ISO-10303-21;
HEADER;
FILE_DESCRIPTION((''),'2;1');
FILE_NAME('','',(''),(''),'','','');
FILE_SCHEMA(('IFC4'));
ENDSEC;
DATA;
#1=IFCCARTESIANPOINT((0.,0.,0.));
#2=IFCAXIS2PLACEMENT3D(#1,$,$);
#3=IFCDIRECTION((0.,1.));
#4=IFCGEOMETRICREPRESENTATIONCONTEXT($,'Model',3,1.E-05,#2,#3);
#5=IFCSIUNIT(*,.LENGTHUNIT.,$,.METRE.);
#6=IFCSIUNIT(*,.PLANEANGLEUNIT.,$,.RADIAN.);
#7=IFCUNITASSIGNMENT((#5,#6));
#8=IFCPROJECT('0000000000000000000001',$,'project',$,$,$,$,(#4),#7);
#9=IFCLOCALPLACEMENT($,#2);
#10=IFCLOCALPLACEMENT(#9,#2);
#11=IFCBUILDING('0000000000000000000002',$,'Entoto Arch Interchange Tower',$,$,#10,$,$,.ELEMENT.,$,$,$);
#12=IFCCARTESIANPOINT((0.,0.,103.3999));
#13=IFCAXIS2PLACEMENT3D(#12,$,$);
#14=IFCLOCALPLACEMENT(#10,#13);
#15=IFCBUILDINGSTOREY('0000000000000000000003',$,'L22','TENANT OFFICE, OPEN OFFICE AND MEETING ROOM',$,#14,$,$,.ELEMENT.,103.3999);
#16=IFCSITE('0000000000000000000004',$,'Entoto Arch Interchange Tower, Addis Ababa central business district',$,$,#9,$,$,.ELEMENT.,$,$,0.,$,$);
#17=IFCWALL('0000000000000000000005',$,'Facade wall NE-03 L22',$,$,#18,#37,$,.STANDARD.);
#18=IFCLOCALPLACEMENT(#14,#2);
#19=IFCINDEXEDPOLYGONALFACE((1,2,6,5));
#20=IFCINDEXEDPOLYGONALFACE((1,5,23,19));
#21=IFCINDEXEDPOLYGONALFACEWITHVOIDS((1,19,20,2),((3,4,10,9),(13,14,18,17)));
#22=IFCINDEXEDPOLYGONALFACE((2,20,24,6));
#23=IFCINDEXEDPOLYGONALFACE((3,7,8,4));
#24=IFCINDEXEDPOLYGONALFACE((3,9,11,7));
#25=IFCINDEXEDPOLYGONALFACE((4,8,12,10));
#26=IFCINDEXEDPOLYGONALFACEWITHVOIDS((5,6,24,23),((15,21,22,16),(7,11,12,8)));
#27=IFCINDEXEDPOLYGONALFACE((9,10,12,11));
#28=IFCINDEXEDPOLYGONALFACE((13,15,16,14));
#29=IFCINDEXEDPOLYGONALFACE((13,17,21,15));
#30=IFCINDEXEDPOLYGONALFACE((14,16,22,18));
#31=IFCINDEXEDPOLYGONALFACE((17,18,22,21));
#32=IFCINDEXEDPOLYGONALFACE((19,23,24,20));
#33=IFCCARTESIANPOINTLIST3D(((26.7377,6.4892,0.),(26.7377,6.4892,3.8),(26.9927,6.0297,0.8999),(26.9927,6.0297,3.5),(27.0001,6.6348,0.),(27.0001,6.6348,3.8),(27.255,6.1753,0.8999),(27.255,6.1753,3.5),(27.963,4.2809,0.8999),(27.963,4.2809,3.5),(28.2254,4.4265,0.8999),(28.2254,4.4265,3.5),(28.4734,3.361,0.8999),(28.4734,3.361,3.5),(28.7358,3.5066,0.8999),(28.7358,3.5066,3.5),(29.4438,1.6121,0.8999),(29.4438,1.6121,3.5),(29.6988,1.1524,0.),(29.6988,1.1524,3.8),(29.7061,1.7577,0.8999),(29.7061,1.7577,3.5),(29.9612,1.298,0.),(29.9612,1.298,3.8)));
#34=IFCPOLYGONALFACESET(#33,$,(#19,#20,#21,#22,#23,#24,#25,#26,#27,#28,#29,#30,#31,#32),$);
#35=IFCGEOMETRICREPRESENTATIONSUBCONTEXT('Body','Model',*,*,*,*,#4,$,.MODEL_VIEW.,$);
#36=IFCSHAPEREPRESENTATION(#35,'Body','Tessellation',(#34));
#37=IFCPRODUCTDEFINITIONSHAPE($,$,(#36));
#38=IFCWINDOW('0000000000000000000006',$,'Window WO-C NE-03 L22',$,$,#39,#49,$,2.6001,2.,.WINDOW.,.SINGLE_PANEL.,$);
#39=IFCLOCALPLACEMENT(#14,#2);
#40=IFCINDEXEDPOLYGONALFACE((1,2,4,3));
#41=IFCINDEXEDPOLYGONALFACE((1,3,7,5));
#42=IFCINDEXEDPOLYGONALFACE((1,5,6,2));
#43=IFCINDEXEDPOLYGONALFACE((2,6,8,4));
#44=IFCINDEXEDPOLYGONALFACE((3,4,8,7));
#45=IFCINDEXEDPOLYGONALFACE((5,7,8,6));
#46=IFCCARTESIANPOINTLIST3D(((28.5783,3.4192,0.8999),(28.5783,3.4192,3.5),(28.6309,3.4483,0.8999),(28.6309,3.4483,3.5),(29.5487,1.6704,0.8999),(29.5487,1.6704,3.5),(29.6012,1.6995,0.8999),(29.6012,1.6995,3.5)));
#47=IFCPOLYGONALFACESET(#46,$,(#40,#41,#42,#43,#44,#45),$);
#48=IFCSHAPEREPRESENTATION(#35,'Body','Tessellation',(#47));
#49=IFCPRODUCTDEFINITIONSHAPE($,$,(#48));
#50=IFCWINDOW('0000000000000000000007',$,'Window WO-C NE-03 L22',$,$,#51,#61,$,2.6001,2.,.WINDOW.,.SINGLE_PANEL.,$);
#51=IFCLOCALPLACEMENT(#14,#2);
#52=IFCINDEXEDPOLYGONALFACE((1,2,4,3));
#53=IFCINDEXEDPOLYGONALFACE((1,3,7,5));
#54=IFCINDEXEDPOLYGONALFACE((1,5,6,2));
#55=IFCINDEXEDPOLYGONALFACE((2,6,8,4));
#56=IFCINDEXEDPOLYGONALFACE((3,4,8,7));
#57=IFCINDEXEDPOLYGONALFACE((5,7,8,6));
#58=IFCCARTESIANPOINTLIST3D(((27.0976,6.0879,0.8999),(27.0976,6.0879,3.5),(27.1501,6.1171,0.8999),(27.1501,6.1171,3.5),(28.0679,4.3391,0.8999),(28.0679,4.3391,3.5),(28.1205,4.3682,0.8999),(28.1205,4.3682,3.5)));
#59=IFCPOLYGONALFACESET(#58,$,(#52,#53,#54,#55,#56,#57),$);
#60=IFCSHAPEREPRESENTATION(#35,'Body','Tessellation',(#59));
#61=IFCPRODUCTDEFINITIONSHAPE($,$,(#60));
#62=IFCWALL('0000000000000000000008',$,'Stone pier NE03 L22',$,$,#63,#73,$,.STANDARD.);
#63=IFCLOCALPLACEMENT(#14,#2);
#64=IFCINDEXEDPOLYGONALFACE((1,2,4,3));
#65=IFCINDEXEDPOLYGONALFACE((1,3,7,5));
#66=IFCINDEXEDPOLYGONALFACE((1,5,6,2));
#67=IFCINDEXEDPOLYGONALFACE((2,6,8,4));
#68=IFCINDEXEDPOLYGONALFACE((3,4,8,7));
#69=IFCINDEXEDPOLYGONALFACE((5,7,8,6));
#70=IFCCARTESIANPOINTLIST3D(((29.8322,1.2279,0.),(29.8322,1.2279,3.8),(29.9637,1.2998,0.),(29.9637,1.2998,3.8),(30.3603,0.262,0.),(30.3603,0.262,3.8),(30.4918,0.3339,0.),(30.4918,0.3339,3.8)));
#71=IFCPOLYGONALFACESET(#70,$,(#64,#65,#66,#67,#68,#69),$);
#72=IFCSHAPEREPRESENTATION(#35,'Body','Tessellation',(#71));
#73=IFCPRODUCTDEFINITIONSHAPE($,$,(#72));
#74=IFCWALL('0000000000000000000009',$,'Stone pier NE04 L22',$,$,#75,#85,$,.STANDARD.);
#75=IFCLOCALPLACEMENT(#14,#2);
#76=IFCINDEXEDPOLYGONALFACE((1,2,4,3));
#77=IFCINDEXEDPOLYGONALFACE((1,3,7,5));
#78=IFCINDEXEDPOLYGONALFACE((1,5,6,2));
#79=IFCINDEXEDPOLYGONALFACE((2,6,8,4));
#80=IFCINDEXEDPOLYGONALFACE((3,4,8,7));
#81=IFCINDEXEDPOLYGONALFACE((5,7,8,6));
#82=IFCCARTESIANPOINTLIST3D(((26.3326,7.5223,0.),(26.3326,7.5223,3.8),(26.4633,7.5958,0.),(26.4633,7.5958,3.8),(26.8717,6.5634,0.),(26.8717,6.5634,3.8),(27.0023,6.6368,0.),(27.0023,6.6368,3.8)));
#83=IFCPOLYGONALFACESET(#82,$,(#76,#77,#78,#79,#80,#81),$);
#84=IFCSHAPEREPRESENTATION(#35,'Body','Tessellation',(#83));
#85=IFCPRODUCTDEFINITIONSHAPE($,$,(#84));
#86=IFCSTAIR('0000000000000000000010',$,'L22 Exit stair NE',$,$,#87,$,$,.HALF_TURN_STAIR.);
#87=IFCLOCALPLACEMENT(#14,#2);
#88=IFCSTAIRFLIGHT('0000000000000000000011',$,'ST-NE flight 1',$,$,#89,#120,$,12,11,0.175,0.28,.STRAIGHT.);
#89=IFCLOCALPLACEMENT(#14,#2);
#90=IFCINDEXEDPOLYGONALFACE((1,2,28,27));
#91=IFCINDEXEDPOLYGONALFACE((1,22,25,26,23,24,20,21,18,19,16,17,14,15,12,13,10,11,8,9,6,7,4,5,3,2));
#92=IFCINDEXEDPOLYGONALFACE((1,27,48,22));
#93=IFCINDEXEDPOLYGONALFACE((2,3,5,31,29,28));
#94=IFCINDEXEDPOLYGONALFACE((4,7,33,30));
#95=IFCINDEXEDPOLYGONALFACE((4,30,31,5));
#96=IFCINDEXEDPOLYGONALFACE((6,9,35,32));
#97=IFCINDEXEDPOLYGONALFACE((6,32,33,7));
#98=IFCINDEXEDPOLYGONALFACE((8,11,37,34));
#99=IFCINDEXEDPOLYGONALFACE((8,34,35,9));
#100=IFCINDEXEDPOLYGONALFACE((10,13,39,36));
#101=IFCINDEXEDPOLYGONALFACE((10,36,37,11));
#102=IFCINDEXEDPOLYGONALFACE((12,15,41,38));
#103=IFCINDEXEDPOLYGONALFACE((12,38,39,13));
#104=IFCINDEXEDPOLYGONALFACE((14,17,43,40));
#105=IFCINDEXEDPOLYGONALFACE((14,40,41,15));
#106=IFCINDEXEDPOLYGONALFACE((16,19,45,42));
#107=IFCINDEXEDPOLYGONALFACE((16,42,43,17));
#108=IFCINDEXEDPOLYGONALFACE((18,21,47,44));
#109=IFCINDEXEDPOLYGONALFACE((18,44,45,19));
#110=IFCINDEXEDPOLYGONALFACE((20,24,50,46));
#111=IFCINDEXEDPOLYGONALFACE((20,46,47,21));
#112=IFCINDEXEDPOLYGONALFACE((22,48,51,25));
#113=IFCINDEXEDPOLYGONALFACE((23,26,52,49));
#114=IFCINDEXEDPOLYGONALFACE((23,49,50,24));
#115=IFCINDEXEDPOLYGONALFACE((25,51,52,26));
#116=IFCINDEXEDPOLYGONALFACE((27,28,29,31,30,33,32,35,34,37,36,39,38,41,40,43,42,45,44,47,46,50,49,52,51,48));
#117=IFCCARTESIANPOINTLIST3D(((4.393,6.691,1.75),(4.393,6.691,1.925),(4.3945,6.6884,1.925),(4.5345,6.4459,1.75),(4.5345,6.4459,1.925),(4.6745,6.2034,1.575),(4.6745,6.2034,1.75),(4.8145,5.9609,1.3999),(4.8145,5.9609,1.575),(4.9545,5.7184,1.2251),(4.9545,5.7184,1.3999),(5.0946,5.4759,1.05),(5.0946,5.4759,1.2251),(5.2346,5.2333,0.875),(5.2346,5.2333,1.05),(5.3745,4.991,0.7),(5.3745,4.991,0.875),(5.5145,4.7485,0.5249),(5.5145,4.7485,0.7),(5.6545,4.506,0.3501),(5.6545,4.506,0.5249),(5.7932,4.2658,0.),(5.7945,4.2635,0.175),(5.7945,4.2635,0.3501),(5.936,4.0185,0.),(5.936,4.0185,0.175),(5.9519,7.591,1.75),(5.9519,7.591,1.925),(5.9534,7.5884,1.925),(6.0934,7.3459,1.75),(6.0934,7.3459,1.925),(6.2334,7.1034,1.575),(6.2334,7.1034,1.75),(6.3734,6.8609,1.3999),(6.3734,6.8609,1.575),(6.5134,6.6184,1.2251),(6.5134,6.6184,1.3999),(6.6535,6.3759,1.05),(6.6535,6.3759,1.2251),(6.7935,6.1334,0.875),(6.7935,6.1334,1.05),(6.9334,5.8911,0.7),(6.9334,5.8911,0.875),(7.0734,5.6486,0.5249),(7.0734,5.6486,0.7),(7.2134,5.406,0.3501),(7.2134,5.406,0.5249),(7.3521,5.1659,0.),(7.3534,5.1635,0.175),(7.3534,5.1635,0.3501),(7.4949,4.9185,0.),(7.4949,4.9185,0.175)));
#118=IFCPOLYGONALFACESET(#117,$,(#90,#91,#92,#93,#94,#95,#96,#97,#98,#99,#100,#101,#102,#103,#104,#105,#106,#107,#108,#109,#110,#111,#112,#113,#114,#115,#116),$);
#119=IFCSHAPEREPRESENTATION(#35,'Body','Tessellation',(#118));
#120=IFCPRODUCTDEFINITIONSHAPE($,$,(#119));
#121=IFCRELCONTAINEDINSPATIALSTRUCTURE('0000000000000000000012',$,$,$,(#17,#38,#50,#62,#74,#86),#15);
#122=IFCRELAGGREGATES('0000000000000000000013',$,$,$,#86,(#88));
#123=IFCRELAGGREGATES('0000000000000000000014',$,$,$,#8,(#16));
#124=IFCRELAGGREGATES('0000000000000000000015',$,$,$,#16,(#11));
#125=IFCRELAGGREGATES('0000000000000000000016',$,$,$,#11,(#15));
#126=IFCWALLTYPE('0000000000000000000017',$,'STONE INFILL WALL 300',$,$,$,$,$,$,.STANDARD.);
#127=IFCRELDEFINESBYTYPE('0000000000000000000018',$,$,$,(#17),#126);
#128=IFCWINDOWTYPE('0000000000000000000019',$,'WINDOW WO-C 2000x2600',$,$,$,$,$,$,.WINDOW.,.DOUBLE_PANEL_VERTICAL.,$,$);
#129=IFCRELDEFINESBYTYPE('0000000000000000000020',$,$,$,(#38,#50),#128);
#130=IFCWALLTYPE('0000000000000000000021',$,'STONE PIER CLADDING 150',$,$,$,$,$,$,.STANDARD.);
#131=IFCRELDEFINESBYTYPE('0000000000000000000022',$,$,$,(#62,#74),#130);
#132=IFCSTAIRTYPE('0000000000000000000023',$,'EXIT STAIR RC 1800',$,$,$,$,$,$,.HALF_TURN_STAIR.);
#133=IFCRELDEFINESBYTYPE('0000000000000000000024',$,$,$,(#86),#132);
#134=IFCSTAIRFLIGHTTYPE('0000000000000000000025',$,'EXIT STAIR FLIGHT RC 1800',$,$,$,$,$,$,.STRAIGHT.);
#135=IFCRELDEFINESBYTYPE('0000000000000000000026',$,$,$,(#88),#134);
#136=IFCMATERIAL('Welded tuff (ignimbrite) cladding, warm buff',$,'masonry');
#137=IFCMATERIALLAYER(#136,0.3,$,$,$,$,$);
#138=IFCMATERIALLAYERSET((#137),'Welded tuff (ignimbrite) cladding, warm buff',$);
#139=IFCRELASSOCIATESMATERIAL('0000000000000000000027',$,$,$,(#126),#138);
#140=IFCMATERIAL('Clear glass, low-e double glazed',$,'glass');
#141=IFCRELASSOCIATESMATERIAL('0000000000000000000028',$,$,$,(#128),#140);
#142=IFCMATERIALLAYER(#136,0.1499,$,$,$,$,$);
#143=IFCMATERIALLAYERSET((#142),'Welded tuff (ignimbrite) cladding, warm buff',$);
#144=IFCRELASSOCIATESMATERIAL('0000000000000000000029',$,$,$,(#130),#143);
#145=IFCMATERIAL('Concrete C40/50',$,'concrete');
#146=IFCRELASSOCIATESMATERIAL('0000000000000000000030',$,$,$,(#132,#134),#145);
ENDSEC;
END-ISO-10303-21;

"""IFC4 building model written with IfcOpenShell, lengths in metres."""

from ifc_helpers import new_model, si_unit, direction, frame, frame_2d, origin, place, context, subcontext, project, spatial, polyline, rectangle, outline, extrude, material, layer, layer_set, type_object, element, fill, aggregate, save


model = new_model("IFC4")

# Units and contexts
model_context = context("Model", 3, precision=1e-05, world=origin(), true_north=direction((0.0, 1.0)))
body_context = subcontext(model_context, "Body", "Model", "MODEL_VIEW")
ifc_project = project(units=[si_unit("LENGTHUNIT", "METRE"), si_unit("PLANEANGLEUNIT", "RADIAN")], contexts=[model_context])

# Site, building, storey
site_placement = place(None, origin())
site = spatial("IfcSite", under=ifc_project, at=site_placement, Name="Entoto Arch Interchange Tower, Addis Ababa central business district", CompositionType="ELEMENT", RefElevation=0.0)
building_placement = place(site_placement, origin())
building = spatial("IfcBuilding", under=site, at=building_placement, Name="Entoto Arch Interchange Tower", CompositionType="ELEMENT")
storey_placement = place(building_placement, frame((0.0, 0.0, 103.3999)))
storey = spatial("IfcBuildingStorey", under=building, at=storey_placement, Name="L22", Description="TENANT OFFICE, OPEN OFFICE AND MEETING ROOM", CompositionType="ELEMENT", Elevation=103.3999)

# Shared definitions
ifc_material_1 = material(Name="Concrete C40/50", Category="concrete")

# Wall, openings, windows
ifc_material_2 = material(Name="Welded tuff (ignimbrite) cladding, warm buff", Category="masonry")
ifc_layer_1 = layer(ifc_material_2, 0.3)
ifc_layer_set_1 = layer_set([ifc_layer_1], Name="Welded tuff (ignimbrite) cladding, warm buff")
wall_type_1 = type_object("IfcWallType", Name="STONE INFILL WALL 300", PredefinedType="STANDARD", material=ifc_layer_set_1)
wall_1_placement = place(storey_placement, frame((29.8301, 1.2251, 0.0), z_axis=(0.0, 0.0, 1.0), x_axis=(-0.485171, 0.874419, 0.0)))
wall_1 = element("IfcWall", 1, at=wall_1_placement, inside=storey, type_object=wall_type_1, Name="Facade wall NE-03 L22", PredefinedType="STANDARD", context=body_context, shape_type="SweptSolid", body=[
    extrude(rectangle(XDim=6.1033, YDim=0.3, at=frame_2d((3.0518, 0.0))), origin(), (0.0, 0.0, 1.0), 3.8),
])
opening_1_placement = place(wall_1_placement, frame((0.5259, 0.0, 0.8999)))
opening_1 = element("IfcOpeningElement", 2, at=opening_1_placement, cuts=wall_1, PredefinedType="OPENING", context=body_context, shape_type="SweptSolid", body=[
    extrude(rectangle(XDim=2.0, YDim=2.6001, at=frame_2d((1.0, 1.3))), frame((0.0, 0.1602, 0.0), z_axis=(0.0, -1.0, 0.0), x_axis=(1.0, 0.0, 0.0)), (0.0, 0.0, 1.0), 0.3201),
])
opening_2_placement = place(wall_1_placement, frame((3.5779, 0.0, 0.8999)))
opening_2 = element("IfcOpeningElement", 3, at=opening_2_placement, cuts=wall_1, PredefinedType="OPENING", context=body_context, shape_type="SweptSolid", body=[
    extrude(rectangle(XDim=2.0, YDim=2.6001, at=frame_2d((1.0, 1.3))), frame((0.0, 0.1602, 0.0), z_axis=(0.0, -1.0, 0.0), x_axis=(1.0, 0.0, 0.0)), (0.0, 0.0, 1.0), 0.3201),
])
ifc_material_3 = material(Name="Clear glass, low-e double glazed", Category="glass")
window_type = type_object("IfcWindowType", Name="WINDOW WO-C 2000x2600", PartitioningType="DOUBLE_PANEL_VERTICAL", PredefinedType="WINDOW", material=ifc_material_3)
window_1_placement = place(opening_1_placement, origin())
window_1 = element("IfcWindow", 4, at=window_1_placement, inside=storey, type_object=window_type, Name="Window WO-C NE-03 L22", OverallHeight=2.6001, OverallWidth=2.0, PartitioningType="SINGLE_PANEL", PredefinedType="WINDOW", context=body_context, shape_type="SweptSolid", body=[
    extrude(rectangle(XDim=2.0, YDim=2.6001, at=frame_2d((1.0, 1.3))), frame((0.0, 0.03, 0.0), z_axis=(0.0, -1.0, 0.0), x_axis=(1.0, 0.0, 0.0)), (0.0, 0.0, 1.0), 0.0601),
])
fill(opening_1, window_1)
window_2_placement = place(opening_2_placement, origin())
window_2 = element("IfcWindow", 5, at=window_2_placement, inside=storey, type_object=window_type, Name="Window WO-C NE-03 L22", OverallHeight=2.6001, OverallWidth=2.0, PartitioningType="SINGLE_PANEL", PredefinedType="WINDOW", context=body_context, shape_type="SweptSolid", body=[
    extrude(rectangle(XDim=2.0, YDim=2.6001, at=frame_2d((1.0, 1.3))), frame((0.0, 0.03, 0.0), z_axis=(0.0, -1.0, 0.0), x_axis=(1.0, 0.0, 0.0)), (0.0, 0.0, 1.0), 0.0601),
])
fill(opening_2, window_2)

# Walls
ifc_layer_2 = layer(ifc_material_2, 0.1499)
ifc_layer_set_2 = layer_set([ifc_layer_2], Name="Welded tuff (ignimbrite) cladding, warm buff")
wall_type_2 = type_object("IfcWallType", Name="STONE PIER CLADDING 150", PredefinedType="STANDARD", material=ifc_layer_set_2)
wall_2_placement = place(storey_placement, frame((30.426, 0.2981, 0.0), z_axis=(0.0, 0.0, 1.0), x_axis=(-0.479738, 0.877412, 0.0)))
element("IfcWall", 6, at=wall_2_placement, inside=storey, type_object=wall_type_2, Name="Stone pier NE03 L22", PredefinedType="STANDARD", context=body_context, shape_type="SweptSolid", body=[
    extrude(rectangle(XDim=1.1008, YDim=0.1499, at=frame_2d((0.5503, 0.0))), origin(), (0.0, 0.0, 1.0), 3.8),
])
wall_3_placement = place(storey_placement, frame((26.937, 6.6001, 0.0), z_axis=(0.0, 0.0, 1.0), x_axis=(-0.490008, 0.871718, 0.0)))
element("IfcWall", 7, at=wall_3_placement, inside=storey, type_object=wall_type_2, Name="Stone pier NE04 L22", PredefinedType="STANDARD", context=body_context, shape_type="SweptSolid", body=[
    extrude(rectangle(XDim=1.1001, YDim=0.1499, at=frame_2d((0.55, 0.0))), origin(), (0.0, 0.0, 1.0), 3.8),
])

# Stair, stair flight
stair_type = type_object("IfcStairType", Name="EXIT STAIR RC 1800", PredefinedType="HALF_TURN_STAIR", material=ifc_material_1)
stair_placement = place(storey_placement, origin())
stair = element("IfcStair", 8, at=stair_placement, inside=storey, type_object=stair_type, Name="L22 Exit stair NE", PredefinedType="HALF_TURN_STAIR")
stair_flight_type = type_object("IfcStairFlightType", Name="EXIT STAIR FLIGHT RC 1800", PredefinedType="STRAIGHT", material=ifc_material_1)
stair_flight_placement = place(storey_placement, frame((6.7139, 4.4709, 0.0), z_axis=(0.0, 0.0, 1.0), x_axis=(-0.5, 0.866025, 0.0)))
stair_flight = element("IfcStairFlight", 9, at=stair_flight_placement, type_object=stair_flight_type, Name="ST-NE flight 1", NumberOfRisers=12, NumberOfTreads=11, PredefinedType="STRAIGHT", RiserHeight=0.175, TreadLength=0.28, context=body_context, shape_type="SweptSolid", body=[
    extrude(outline(polyline([(-0.0029, 0.0), (-0.0029, 0.175), (0.28, 0.175), (0.28, 0.3501), (0.5601, 0.3501), (0.5601, 0.5249), (0.8401, 0.5249), (0.8401, 0.7), (1.1201, 0.7), (1.1201, 0.875), (1.3999, 0.875), (1.3999, 1.05), (1.6799, 1.05), (1.6799, 1.2251), (1.96, 1.2251), (1.96, 1.3999), (2.24, 1.3999), (2.24, 1.575), (2.52, 1.575), (2.52, 1.75), (2.8, 1.75), (2.8, 1.925), (3.0801, 1.925), (3.083, 1.925), (3.083, 1.75), (0.2827, 0.0), (-0.0029, 0.0)])), frame((0.0, 0.8999, 0.0), z_axis=(0.0, -1.0, 0.0), x_axis=(1.0, 0.0, 0.0)), (0.0, 0.0, 1.0), 1.8),
])
aggregate(stair, [stair_flight])

save(model, "model.ifc")
